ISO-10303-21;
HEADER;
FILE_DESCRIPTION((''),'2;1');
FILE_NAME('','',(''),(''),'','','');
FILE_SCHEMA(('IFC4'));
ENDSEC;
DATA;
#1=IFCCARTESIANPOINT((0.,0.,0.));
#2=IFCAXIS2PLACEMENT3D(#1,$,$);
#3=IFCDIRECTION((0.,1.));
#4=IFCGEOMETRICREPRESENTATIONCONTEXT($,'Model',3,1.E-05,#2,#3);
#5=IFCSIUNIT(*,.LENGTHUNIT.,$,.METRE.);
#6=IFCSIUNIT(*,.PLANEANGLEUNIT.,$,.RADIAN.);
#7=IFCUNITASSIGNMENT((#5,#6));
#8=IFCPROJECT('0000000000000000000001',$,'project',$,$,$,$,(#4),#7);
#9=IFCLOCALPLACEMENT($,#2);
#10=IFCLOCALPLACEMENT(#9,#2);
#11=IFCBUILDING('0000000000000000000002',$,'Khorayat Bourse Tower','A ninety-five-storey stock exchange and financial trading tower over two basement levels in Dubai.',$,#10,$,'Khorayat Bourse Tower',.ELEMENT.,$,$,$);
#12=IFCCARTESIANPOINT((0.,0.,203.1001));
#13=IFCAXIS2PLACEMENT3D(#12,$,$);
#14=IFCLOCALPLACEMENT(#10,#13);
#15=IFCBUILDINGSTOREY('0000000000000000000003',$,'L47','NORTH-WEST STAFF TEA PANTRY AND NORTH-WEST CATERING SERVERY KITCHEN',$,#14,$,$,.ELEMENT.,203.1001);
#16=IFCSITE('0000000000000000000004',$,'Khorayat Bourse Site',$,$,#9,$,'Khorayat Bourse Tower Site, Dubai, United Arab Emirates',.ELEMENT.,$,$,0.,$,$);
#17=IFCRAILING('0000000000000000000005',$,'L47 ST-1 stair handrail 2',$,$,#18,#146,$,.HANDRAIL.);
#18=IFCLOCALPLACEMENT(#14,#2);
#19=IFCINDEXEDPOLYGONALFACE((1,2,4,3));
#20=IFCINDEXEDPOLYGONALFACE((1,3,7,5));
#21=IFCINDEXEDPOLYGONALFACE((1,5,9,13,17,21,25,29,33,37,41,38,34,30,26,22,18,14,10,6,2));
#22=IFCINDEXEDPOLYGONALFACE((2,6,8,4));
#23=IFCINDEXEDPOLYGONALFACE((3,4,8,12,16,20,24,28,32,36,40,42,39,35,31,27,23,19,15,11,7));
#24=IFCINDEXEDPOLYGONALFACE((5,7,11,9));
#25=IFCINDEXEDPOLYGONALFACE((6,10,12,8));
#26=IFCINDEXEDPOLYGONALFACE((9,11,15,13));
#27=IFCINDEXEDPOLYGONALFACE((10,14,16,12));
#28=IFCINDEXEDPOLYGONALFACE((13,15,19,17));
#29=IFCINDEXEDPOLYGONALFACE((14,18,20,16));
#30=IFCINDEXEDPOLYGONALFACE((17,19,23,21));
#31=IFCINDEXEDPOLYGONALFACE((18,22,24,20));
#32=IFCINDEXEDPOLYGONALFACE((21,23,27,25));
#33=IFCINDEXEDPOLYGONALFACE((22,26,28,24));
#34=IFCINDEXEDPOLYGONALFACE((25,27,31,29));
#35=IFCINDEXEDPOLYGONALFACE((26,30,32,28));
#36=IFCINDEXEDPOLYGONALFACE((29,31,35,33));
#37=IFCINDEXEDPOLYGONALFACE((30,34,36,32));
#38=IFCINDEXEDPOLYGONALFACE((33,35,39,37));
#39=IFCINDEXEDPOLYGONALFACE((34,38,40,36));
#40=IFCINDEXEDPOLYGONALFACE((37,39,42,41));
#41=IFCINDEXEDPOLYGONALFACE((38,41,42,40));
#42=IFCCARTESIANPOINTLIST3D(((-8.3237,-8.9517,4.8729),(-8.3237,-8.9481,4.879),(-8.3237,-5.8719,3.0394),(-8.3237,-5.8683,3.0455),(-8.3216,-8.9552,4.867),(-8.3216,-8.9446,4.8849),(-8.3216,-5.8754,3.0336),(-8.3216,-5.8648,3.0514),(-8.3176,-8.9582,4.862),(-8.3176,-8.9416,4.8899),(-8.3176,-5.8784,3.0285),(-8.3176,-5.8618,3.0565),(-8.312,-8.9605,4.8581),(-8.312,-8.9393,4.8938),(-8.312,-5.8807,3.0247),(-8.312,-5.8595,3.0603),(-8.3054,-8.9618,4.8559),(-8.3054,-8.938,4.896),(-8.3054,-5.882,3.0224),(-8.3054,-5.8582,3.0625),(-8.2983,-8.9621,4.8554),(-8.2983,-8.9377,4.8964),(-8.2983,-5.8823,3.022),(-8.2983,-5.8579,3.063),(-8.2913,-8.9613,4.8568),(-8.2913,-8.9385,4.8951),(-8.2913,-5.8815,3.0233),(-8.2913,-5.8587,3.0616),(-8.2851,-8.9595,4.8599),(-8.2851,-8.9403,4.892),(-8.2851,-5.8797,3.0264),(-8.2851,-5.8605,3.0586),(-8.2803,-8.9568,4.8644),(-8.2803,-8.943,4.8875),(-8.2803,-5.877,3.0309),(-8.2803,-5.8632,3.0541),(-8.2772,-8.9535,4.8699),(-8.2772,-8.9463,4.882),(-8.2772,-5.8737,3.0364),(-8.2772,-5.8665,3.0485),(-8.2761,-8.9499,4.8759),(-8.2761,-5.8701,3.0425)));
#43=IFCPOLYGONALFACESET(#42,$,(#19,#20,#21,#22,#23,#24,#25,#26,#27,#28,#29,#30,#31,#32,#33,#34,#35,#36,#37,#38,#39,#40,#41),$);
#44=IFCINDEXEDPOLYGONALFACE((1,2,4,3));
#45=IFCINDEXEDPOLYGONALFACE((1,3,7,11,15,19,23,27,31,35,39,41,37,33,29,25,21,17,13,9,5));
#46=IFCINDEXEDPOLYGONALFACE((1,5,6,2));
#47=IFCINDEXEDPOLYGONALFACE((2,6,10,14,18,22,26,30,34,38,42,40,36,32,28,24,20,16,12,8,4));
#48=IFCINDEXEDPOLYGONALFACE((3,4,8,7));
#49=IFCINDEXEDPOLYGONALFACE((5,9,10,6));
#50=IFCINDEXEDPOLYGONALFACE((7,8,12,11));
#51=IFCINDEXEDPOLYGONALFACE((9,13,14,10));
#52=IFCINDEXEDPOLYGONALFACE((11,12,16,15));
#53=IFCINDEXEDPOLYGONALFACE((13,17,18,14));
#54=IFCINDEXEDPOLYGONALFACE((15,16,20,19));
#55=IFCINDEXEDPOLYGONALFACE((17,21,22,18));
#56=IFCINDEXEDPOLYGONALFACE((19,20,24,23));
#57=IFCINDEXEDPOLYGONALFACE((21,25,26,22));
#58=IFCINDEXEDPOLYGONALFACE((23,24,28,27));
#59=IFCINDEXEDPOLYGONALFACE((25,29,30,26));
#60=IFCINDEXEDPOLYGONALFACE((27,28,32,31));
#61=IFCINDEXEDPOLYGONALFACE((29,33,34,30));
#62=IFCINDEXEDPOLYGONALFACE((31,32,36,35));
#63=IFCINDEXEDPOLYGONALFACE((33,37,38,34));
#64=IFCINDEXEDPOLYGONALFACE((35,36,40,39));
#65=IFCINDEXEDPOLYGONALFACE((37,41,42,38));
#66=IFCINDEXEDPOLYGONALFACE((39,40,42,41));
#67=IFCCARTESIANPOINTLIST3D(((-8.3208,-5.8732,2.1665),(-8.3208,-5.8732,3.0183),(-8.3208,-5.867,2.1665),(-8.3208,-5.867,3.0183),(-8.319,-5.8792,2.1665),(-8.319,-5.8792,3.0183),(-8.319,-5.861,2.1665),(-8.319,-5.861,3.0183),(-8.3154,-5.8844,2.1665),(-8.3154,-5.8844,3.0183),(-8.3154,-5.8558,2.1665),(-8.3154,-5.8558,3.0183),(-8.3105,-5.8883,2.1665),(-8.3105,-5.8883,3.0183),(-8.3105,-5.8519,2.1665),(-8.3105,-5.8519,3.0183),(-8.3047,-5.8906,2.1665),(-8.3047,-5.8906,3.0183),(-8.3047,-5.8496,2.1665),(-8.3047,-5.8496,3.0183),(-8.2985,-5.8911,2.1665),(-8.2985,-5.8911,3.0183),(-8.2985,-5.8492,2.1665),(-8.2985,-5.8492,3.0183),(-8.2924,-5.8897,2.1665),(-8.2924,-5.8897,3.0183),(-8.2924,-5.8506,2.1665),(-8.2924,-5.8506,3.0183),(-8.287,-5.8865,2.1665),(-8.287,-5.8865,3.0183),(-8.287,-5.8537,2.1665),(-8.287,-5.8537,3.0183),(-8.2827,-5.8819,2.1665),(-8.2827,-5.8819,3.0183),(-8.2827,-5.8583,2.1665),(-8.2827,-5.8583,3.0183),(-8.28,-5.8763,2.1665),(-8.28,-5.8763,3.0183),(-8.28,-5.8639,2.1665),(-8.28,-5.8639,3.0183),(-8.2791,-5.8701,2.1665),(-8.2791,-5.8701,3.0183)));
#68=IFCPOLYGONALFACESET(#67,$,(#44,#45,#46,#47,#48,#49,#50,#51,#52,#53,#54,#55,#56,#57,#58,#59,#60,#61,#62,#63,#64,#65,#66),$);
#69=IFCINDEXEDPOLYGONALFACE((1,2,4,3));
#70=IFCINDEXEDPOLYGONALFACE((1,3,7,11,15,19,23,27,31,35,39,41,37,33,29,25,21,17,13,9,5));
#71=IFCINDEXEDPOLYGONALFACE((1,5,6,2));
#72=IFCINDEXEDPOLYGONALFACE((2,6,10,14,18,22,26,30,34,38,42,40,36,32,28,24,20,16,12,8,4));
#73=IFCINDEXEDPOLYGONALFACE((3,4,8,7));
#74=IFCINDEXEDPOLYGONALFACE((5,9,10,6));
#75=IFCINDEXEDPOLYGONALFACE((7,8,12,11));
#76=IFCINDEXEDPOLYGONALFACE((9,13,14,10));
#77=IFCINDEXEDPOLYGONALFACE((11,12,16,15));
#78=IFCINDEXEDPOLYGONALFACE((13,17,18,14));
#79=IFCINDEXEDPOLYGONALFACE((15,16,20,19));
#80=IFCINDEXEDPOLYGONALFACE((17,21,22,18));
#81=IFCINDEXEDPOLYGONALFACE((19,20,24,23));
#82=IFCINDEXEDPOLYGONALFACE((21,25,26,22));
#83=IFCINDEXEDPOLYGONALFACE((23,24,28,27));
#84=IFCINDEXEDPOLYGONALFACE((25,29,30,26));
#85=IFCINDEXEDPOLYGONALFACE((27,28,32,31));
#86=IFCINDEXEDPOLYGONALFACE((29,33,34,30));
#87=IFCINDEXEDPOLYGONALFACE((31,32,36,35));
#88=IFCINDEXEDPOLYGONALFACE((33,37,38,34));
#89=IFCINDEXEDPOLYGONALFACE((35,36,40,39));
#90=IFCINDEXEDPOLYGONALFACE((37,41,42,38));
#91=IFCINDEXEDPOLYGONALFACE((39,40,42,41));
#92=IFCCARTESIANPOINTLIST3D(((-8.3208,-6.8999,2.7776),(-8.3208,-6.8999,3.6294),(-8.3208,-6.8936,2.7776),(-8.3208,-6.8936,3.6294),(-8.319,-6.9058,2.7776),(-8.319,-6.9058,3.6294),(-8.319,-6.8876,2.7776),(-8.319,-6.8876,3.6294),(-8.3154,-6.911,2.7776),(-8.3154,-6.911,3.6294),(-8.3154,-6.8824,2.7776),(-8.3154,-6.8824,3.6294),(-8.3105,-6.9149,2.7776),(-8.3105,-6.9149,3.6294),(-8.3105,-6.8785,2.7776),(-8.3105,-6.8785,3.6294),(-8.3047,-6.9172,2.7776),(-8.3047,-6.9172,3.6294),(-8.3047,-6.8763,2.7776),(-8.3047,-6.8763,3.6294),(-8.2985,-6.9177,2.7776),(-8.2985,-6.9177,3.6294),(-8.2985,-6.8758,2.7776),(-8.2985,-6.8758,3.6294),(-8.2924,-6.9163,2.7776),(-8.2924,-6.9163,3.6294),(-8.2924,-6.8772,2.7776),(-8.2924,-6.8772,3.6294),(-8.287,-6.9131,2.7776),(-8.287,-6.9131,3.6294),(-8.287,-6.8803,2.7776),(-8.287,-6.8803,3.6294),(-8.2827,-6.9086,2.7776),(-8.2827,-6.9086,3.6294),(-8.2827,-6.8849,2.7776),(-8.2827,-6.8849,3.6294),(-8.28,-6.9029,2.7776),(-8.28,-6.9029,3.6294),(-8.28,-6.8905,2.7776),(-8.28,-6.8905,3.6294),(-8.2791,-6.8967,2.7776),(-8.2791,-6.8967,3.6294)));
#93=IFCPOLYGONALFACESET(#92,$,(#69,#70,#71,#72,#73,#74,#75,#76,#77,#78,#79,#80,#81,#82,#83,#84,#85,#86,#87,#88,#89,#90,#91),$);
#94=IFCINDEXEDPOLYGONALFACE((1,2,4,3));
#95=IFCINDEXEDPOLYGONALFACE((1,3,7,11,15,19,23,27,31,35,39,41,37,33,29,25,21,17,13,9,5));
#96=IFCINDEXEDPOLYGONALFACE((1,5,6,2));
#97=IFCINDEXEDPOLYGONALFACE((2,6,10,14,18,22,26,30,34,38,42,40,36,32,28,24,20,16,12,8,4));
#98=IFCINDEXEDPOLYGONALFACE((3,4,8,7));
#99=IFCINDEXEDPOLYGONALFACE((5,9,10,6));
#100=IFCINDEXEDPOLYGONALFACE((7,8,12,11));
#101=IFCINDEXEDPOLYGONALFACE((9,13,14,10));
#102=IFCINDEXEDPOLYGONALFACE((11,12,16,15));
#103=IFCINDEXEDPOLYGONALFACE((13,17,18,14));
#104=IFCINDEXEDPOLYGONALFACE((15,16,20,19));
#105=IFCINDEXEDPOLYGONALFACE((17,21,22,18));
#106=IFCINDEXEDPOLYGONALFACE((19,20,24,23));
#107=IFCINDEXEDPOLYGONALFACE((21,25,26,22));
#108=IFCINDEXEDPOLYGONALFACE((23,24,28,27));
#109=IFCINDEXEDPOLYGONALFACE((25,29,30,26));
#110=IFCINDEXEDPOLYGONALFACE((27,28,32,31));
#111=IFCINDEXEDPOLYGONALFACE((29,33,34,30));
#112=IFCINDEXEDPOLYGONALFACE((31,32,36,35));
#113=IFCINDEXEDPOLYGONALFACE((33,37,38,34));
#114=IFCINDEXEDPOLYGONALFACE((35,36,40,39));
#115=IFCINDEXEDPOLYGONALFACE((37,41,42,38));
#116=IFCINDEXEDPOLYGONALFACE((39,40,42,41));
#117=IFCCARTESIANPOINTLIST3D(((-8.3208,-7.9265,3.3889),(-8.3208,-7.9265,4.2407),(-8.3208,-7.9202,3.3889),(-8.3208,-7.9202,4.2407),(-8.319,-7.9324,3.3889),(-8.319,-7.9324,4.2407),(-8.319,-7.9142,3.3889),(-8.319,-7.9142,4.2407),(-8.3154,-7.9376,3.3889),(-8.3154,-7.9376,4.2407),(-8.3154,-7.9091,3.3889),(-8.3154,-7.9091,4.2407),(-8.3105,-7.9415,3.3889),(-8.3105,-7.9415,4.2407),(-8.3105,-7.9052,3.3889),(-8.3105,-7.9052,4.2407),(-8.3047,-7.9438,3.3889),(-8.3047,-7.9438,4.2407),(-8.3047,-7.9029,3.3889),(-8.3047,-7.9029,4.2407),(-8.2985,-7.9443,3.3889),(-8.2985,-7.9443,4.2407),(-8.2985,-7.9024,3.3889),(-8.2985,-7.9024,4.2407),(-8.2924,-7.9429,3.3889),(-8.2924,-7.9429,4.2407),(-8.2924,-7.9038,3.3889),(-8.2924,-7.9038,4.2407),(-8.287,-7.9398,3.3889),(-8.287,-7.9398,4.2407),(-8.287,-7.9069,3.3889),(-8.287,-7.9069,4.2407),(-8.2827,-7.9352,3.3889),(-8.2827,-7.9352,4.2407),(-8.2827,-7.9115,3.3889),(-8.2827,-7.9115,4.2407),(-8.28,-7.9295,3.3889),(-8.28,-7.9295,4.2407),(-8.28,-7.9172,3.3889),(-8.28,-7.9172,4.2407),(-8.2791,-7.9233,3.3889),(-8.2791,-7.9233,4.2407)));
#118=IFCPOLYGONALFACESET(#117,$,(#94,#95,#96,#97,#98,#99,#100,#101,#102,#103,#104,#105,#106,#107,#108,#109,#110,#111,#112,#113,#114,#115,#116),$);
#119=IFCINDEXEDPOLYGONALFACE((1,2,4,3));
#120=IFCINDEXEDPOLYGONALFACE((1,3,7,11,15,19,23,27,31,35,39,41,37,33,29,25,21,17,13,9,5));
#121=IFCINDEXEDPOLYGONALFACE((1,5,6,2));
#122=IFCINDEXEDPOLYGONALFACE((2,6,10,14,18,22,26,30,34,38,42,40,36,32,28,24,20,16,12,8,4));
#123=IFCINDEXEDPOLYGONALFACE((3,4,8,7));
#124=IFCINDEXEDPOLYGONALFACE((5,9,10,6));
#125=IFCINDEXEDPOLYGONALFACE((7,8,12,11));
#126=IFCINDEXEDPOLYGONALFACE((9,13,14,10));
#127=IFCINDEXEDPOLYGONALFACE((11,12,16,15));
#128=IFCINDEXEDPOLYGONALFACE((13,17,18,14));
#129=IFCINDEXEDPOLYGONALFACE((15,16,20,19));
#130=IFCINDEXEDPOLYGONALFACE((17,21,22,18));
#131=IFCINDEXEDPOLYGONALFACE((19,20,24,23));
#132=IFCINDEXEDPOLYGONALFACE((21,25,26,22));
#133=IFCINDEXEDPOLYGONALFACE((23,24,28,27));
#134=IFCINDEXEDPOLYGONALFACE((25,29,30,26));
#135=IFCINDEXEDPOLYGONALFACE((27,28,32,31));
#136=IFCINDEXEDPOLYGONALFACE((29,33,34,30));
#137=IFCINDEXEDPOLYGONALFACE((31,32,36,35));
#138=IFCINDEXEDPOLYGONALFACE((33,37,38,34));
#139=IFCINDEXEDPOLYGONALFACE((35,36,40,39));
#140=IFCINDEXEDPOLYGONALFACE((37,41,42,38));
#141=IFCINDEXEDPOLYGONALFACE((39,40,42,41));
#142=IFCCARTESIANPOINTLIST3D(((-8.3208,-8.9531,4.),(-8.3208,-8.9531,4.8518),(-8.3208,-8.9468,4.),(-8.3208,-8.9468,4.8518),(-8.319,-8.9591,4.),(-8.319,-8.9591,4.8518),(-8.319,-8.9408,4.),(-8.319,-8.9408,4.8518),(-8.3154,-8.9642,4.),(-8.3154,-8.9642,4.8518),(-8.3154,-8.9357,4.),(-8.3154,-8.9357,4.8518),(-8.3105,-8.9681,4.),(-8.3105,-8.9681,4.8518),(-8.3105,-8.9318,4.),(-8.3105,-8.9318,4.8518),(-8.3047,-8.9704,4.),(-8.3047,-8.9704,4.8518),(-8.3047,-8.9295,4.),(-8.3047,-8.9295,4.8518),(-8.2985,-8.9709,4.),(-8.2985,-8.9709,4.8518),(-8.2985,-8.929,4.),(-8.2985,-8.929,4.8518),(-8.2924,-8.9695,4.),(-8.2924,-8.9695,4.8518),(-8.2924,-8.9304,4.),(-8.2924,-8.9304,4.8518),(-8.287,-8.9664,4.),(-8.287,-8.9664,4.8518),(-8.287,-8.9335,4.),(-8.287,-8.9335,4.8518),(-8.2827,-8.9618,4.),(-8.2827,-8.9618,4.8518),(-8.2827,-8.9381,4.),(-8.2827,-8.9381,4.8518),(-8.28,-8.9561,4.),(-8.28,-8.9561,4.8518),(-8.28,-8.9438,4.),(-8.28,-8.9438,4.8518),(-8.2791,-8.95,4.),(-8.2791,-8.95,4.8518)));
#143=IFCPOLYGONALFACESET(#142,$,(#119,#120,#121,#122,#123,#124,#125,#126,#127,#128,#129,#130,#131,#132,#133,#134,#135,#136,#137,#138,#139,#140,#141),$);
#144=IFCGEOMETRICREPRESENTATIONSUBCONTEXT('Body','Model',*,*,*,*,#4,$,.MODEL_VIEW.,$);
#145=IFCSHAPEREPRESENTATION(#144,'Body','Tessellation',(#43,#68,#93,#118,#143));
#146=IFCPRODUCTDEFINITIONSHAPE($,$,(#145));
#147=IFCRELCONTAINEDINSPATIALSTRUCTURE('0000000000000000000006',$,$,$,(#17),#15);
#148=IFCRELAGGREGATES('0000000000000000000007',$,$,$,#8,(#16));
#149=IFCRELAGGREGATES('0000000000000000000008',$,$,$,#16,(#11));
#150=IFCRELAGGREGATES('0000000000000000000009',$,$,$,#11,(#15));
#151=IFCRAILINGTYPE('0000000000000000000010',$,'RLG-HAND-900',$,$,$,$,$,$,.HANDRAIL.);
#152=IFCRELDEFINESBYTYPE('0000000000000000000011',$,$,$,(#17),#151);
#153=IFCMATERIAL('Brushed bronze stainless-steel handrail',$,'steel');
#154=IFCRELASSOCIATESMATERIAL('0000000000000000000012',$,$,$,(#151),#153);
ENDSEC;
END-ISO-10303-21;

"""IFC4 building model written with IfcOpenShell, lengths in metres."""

from ifc_helpers import new_model, si_unit, direction, frame, origin, origin_2d, place, context, subcontext, project, spatial, circle, extrude, source, transform, mapped, material, type_object, element, save


model = new_model("IFC4")

# Units and contexts
model_context = context("Model", 3, precision=1e-05, world=origin(), true_north=direction((0.0, 1.0)))
body_context = subcontext(model_context, "Body", "Model", "MODEL_VIEW")
ifc_project = project(units=[si_unit("LENGTHUNIT", "METRE"), si_unit("PLANEANGLEUNIT", "RADIAN")], contexts=[model_context])

# Site, building, storey
site_placement = place(None, origin())
site = spatial("IfcSite", under=ifc_project, at=site_placement, Name="Khorayat Bourse Site", LongName="Khorayat Bourse Tower Site, Dubai, United Arab Emirates", CompositionType="ELEMENT", RefElevation=0.0)
building_placement = place(site_placement, origin())
building = spatial("IfcBuilding", under=site, at=building_placement, Name="Khorayat Bourse Tower", Description="A ninety-five-storey stock exchange and financial trading tower over two basement levels in Dubai.", LongName="Khorayat Bourse Tower", CompositionType="ELEMENT")
storey_placement = place(building_placement, frame((0.0, 0.0, 203.1001)))
storey = spatial("IfcBuildingStorey", under=building, at=storey_placement, Name="L47", Description="NORTH-WEST STAFF TEA PANTRY AND NORTH-WEST CATERING SERVERY KITCHEN", CompositionType="ELEMENT", Elevation=203.1001)

# Railing
ifc_material_1 = material(Name="Brushed bronze stainless-steel handrail", Category="steel")
railing_type_1 = type_object("IfcRailingType", Name="RLG-HAND-900", PredefinedType="HANDRAIL", material=ifc_material_1)
shared_shape_1 = source(origin(), body_context, "Body", "SweptSolid", [
    extrude(circle(Radius=0.0239, at=origin_2d()), frame((0.0, 0.0, 0.876), z_axis=(0.0, -0.859261, 0.511538), x_axis=(1.0, 0.0, 0.0)), (0.0, 0.0, 1.0), 3.5842),
    extrude(circle(Radius=0.021, at=origin_2d()), origin(), (0.0, 0.0, 1.0), 0.8518),
    extrude(circle(Radius=0.021, at=origin_2d()), frame((0.0, -1.0266, 0.6111)), (0.0, 0.0, 1.0), 0.8518),
    extrude(circle(Radius=0.021, at=origin_2d()), frame((0.0, -2.0532, 1.2224)), (0.0, 0.0, 1.0), 0.8518),
    extrude(circle(Radius=0.021, at=origin_2d()), frame((0.0, -3.0798, 1.8335)), (0.0, 0.0, 1.0), 0.8518),
])
railing_1_placement = place(storey_placement, frame((-8.3, -5.8701, 2.1665)))
element("IfcRailing", 1, at=railing_1_placement, inside=storey, type_object=railing_type_1, Name="L47 ST-1 stair handrail 2", PredefinedType="HANDRAIL", context=body_context, shape_type="MappedRepresentation", body=[
    mapped(shared_shape_1, transform((0.0, 0.0, 0.0), scale=1.0)),
])

save(model, "model.ifc")
